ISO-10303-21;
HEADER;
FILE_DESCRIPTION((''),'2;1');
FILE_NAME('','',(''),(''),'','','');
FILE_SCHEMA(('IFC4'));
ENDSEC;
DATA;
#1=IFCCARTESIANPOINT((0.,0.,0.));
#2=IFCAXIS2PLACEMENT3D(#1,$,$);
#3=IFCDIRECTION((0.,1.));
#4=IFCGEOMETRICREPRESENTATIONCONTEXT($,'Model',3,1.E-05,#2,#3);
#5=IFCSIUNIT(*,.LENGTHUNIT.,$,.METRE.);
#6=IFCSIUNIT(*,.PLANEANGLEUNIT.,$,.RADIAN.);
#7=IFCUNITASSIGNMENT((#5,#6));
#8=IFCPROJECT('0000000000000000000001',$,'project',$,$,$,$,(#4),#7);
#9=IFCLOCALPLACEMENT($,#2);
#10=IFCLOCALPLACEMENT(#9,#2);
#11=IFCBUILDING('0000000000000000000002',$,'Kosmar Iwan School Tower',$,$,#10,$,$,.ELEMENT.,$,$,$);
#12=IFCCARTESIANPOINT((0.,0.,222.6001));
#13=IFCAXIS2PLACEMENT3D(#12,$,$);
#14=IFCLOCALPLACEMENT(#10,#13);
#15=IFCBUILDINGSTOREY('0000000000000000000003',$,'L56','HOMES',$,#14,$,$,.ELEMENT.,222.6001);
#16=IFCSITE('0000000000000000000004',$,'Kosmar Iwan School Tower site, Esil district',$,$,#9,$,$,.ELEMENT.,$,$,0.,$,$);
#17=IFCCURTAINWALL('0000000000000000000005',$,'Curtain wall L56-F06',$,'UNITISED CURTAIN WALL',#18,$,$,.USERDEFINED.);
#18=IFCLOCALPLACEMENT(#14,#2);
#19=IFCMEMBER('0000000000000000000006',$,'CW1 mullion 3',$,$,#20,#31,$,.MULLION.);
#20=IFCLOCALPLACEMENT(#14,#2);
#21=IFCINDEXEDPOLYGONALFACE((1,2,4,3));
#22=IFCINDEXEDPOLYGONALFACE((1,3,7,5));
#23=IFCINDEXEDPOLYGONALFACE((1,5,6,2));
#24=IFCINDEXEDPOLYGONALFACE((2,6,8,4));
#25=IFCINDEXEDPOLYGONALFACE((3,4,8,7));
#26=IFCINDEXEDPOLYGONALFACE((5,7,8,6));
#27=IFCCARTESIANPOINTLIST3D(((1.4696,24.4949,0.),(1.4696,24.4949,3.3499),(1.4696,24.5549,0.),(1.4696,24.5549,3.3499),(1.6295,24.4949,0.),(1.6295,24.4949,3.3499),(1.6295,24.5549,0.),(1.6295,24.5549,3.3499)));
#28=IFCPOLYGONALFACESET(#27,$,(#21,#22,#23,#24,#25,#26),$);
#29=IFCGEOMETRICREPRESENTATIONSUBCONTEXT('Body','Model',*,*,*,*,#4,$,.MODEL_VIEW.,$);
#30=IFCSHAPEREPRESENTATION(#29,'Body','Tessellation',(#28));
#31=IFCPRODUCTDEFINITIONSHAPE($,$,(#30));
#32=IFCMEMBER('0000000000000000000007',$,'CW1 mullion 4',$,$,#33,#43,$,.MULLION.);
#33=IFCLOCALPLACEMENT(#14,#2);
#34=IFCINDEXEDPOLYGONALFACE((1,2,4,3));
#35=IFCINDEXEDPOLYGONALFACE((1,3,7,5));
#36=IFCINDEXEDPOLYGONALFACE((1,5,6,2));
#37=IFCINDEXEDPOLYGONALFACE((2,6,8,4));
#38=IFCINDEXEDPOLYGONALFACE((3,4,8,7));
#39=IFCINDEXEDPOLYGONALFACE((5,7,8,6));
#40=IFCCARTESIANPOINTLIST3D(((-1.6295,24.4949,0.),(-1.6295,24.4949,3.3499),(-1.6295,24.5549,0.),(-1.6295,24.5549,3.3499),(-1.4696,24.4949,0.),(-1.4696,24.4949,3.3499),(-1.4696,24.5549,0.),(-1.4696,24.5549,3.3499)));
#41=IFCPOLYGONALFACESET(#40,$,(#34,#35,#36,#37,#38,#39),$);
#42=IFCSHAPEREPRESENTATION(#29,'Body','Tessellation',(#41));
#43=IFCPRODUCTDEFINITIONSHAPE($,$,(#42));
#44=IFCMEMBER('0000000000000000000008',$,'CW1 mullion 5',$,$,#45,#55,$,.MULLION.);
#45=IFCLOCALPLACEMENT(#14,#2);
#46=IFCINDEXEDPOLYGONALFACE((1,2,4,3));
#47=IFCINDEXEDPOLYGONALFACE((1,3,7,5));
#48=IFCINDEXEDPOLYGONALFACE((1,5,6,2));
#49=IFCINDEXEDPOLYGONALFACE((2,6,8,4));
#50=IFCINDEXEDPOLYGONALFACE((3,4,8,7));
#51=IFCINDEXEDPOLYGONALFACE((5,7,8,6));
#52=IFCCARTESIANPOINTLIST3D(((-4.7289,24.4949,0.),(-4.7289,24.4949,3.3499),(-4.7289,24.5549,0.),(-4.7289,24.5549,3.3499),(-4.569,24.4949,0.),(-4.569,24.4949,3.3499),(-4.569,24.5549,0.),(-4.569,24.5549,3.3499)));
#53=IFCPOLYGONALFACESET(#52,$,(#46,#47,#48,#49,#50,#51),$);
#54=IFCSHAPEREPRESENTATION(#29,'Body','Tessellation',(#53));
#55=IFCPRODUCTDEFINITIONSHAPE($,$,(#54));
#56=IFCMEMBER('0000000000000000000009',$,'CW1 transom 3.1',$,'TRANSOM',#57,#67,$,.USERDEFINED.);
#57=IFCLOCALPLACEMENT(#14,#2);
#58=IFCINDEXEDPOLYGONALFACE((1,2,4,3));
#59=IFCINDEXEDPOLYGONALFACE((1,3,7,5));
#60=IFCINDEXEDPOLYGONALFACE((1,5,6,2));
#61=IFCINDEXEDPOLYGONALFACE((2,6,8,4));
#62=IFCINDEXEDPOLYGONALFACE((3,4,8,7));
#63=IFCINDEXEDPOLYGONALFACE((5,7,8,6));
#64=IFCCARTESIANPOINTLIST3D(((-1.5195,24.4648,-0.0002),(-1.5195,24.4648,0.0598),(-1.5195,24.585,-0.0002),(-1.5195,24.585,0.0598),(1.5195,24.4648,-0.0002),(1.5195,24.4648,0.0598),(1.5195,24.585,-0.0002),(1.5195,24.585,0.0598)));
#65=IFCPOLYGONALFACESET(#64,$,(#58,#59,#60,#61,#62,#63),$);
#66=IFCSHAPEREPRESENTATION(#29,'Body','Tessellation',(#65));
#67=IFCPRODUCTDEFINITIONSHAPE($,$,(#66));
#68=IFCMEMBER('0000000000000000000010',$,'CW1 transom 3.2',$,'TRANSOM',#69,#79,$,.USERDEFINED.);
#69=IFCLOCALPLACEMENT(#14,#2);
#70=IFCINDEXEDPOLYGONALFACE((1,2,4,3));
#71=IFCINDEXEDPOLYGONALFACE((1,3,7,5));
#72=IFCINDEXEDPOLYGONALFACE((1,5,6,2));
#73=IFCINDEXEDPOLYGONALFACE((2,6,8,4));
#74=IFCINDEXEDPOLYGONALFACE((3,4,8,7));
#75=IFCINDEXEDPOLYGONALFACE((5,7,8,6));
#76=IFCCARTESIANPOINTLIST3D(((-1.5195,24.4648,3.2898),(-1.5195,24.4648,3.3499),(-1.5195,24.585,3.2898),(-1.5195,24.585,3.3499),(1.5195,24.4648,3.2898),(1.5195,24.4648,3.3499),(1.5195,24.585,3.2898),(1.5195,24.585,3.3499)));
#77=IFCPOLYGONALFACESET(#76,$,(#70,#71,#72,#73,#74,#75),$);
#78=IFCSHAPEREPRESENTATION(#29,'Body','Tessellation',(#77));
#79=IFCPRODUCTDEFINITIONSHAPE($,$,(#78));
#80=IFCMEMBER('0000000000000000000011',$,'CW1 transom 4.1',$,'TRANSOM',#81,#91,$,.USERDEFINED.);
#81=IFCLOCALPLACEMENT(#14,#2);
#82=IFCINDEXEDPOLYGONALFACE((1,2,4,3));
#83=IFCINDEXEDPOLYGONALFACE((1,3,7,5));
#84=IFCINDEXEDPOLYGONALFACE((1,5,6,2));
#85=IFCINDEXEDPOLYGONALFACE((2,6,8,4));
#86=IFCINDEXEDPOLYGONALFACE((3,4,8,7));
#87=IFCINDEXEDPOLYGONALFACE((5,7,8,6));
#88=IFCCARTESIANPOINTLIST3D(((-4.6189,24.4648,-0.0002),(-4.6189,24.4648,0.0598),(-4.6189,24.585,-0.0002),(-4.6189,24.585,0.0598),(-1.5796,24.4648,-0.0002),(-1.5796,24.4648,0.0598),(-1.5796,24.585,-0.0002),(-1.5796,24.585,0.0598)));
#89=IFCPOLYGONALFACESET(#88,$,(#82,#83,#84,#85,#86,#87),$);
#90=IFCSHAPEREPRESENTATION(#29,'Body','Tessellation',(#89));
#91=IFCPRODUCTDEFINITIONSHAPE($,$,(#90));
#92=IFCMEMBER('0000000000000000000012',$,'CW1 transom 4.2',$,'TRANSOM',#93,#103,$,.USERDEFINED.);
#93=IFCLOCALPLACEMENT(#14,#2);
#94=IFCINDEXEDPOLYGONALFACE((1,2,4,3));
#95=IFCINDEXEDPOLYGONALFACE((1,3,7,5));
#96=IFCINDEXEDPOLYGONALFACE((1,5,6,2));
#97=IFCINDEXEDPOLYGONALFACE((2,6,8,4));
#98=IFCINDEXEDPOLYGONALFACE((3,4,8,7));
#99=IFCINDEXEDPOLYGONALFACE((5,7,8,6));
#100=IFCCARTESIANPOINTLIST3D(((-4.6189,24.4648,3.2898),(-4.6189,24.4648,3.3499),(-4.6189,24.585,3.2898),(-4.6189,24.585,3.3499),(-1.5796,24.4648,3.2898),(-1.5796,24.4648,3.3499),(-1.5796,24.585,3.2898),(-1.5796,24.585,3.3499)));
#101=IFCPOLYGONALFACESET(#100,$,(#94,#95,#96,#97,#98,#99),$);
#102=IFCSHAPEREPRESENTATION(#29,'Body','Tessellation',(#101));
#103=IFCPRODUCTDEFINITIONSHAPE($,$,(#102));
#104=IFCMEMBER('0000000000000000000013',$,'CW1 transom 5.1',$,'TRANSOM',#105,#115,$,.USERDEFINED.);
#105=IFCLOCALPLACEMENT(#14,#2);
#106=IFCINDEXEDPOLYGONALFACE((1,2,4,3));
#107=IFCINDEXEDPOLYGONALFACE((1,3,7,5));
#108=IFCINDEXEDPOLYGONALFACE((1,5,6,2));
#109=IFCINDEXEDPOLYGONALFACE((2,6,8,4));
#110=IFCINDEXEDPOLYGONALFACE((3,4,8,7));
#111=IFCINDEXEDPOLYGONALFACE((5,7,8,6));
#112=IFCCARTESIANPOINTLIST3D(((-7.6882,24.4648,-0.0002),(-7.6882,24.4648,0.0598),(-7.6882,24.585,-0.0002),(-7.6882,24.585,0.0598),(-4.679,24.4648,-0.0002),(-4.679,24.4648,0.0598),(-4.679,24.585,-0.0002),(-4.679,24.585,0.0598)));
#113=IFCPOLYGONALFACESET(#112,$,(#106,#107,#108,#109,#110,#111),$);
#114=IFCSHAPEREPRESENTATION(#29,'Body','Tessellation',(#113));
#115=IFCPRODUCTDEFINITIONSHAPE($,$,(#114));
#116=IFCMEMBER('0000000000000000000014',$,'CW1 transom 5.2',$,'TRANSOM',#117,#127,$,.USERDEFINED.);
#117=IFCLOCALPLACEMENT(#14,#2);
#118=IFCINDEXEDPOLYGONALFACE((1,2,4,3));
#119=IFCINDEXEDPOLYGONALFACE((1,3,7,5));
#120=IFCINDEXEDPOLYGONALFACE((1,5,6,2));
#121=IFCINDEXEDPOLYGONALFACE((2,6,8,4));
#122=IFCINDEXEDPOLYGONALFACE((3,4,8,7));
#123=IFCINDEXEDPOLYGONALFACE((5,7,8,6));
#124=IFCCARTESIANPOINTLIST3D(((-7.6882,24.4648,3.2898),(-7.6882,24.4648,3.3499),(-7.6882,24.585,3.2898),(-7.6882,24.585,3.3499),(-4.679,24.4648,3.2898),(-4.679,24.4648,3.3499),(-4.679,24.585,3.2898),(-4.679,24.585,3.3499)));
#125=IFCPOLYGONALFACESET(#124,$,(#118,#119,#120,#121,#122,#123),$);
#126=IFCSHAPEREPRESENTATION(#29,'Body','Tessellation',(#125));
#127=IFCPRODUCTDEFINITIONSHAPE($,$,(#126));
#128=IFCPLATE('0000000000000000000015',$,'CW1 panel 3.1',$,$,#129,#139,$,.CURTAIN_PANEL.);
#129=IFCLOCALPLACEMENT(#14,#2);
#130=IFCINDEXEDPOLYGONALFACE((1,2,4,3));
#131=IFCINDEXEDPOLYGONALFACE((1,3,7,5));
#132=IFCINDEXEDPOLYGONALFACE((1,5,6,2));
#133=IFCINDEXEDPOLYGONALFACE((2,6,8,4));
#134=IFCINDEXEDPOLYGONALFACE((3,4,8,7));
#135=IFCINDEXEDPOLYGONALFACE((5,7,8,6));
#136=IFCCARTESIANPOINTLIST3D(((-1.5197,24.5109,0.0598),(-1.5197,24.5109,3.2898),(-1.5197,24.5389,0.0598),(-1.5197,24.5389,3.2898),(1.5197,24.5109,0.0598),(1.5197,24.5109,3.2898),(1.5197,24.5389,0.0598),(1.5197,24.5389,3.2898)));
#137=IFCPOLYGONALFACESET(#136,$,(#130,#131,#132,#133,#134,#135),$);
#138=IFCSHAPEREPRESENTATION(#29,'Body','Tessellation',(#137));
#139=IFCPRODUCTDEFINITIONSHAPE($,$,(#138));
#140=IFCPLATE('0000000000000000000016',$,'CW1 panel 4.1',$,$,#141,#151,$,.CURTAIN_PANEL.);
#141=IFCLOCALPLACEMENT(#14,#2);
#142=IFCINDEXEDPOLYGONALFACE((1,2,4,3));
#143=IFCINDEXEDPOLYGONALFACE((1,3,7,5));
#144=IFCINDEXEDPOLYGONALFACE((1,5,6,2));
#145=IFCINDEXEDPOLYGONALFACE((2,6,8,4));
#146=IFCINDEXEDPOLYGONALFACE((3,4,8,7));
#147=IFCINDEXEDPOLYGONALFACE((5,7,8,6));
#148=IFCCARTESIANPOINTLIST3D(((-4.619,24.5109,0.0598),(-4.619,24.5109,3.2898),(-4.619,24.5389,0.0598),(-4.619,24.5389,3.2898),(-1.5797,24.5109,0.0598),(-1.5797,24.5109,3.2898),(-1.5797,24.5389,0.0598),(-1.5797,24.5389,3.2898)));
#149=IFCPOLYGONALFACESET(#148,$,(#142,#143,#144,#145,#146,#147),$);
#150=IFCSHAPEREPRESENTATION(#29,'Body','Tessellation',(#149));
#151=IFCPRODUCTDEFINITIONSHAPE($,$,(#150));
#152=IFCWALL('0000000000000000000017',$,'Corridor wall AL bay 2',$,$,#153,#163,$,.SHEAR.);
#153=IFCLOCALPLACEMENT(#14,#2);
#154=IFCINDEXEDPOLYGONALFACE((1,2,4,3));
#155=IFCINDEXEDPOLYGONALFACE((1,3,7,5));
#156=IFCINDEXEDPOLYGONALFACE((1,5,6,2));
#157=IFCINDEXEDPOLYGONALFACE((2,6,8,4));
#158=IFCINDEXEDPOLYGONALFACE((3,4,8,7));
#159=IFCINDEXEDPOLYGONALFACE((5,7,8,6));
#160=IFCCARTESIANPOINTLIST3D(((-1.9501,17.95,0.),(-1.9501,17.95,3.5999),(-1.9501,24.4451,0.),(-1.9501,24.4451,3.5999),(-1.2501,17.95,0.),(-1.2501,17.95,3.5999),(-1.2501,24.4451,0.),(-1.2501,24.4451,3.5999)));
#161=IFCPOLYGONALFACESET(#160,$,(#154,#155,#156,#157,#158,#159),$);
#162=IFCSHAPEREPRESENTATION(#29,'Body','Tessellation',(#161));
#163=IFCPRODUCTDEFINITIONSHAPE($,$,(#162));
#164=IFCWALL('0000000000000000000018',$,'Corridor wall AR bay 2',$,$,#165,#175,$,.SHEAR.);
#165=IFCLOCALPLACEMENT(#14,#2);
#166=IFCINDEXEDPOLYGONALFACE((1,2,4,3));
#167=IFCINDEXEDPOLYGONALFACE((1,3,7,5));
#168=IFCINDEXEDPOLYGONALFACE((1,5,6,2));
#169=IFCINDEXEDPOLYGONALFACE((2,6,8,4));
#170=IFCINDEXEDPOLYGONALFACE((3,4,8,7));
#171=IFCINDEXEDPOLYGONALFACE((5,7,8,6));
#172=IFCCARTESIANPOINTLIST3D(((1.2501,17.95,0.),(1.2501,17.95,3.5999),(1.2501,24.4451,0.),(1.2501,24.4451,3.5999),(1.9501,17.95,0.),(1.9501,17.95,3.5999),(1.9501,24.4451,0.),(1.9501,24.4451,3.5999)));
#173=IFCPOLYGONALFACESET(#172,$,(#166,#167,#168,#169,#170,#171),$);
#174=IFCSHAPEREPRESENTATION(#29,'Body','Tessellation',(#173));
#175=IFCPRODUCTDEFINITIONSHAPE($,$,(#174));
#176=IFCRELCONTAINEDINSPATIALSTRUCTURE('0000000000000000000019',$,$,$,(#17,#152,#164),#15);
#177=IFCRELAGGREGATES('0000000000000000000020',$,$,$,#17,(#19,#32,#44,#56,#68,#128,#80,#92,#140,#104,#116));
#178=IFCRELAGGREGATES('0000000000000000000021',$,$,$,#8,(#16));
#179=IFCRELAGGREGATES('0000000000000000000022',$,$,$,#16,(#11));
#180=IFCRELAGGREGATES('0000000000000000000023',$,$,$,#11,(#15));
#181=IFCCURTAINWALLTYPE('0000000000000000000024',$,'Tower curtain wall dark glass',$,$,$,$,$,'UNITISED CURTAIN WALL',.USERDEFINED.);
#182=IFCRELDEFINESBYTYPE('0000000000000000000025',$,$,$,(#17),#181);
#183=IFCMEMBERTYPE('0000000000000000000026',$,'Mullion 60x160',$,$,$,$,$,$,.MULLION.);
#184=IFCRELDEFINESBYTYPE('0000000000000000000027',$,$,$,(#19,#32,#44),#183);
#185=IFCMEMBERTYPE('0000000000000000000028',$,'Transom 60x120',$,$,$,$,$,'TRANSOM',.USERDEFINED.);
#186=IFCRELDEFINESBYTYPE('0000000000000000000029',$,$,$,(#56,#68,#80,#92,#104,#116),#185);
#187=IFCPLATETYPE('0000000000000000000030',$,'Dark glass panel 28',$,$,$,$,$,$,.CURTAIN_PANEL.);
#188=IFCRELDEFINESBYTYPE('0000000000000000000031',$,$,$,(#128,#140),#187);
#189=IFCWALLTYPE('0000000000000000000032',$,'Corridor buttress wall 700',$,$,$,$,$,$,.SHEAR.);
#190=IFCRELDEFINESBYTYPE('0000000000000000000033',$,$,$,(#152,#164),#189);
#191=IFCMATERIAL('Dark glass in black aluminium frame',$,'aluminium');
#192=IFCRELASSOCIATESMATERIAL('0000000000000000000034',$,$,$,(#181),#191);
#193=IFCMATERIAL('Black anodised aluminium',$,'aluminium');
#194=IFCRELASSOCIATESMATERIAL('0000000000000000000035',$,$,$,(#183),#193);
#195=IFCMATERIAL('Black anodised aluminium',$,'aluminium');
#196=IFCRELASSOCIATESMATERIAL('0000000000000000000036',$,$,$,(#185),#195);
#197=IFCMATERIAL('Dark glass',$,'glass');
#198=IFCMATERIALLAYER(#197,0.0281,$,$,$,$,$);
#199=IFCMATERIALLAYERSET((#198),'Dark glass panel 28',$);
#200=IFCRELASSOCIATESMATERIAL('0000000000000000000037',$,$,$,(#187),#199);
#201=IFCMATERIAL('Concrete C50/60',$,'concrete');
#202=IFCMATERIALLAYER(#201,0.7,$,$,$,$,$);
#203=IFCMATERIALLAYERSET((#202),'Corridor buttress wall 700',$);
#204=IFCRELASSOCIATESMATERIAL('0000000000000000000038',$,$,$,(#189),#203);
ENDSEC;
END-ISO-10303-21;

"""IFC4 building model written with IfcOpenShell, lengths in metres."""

from ifc_helpers import new_model, si_unit, direction, frame, frame_2d, origin, origin_2d, place, context, subcontext, project, spatial, rectangle, extrude, material, layer, layer_set, material_profile, profile_set, type_object, element, aggregate, save


model = new_model("IFC4")

# Units and contexts
model_context = context("Model", 3, precision=1e-05, world=origin(), true_north=direction((0.0, 1.0)))
body_context = subcontext(model_context, "Body", "Model", "MODEL_VIEW")
ifc_project = project(units=[si_unit("LENGTHUNIT", "METRE"), si_unit("PLANEANGLEUNIT", "RADIAN")], contexts=[model_context])

# Site, building, storey
site_placement = place(None, origin())
site = spatial("IfcSite", under=ifc_project, at=site_placement, Name="Kosmar Iwan School Tower site, Esil district", CompositionType="ELEMENT", RefElevation=0.0)
building_placement = place(site_placement, origin())
building = spatial("IfcBuilding", under=site, at=building_placement, Name="Kosmar Iwan School Tower", CompositionType="ELEMENT")
storey_placement = place(building_placement, frame((0.0, 0.0, 222.6001)))
storey = spatial("IfcBuildingStorey", under=building, at=storey_placement, Name="L56", Description="HOMES", CompositionType="ELEMENT", Elevation=222.6001)

# Curtain wall, members, plates
ifc_material_1 = material(Name="Dark glass in black aluminium frame", Category="aluminium")
curtain_wall_type = type_object("IfcCurtainWallType", Name="Tower curtain wall dark glass", ElementType="UNITISED CURTAIN WALL", PredefinedType="USERDEFINED", material=ifc_material_1)
curtain_wall_placement = place(storey_placement, origin())
curtain_wall = element("IfcCurtainWall", 1, at=curtain_wall_placement, inside=storey, type_object=curtain_wall_type, Name="Curtain wall L56-F06", ObjectType="UNITISED CURTAIN WALL", PredefinedType="USERDEFINED")
ifc_material_2 = material(Name="Black anodised aluminium", Category="aluminium")
ifc_material_profile_1 = material_profile(ifc_material_2, rectangle(XDim=0.0601, YDim=0.1599, at=origin_2d()), Name="MULLION 60x160")
ifc_profile_set_1 = profile_set([ifc_material_profile_1], Name="Black anodised aluminium")
member_type_1 = type_object("IfcMemberType", Name="Mullion 60x160", PredefinedType="MULLION", material=ifc_profile_set_1)
member_1_placement = place(storey_placement, frame((1.5496, 24.5249, 0.0), z_axis=(0.0, 0.0, 1.0), x_axis=(0.0, -1.0, 0.0)))
member_1 = element("IfcMember", 2, at=member_1_placement, type_object=member_type_1, Name="CW1 mullion 3", PredefinedType="MULLION", context=body_context, shape_type="SweptSolid", body=[
    extrude(rectangle(XDim=0.0601, YDim=0.1599, at=origin_2d()), origin(), (0.0, 0.0, 1.0), 3.3499),
])
member_2_placement = place(storey_placement, frame((-1.5496, 24.5249, 0.0), z_axis=(0.0, 0.0, 1.0), x_axis=(0.0, -1.0, 0.0)))
member_2 = element("IfcMember", 3, at=member_2_placement, type_object=member_type_1, Name="CW1 mullion 4", PredefinedType="MULLION", context=body_context, shape_type="SweptSolid", body=[
    extrude(rectangle(XDim=0.0601, YDim=0.1599, at=origin_2d()), origin(), (0.0, 0.0, 1.0), 3.3499),
])
member_3_placement = place(storey_placement, frame((-4.6489, 24.5249, 0.0), z_axis=(0.0, 0.0, 1.0), x_axis=(0.0, -1.0, 0.0)))
member_3 = element("IfcMember", 4, at=member_3_placement, type_object=member_type_1, Name="CW1 mullion 5", PredefinedType="MULLION", context=body_context, shape_type="SweptSolid", body=[
    extrude(rectangle(XDim=0.0601, YDim=0.1599, at=origin_2d()), origin(), (0.0, 0.0, 1.0), 3.3499),
])
ifc_material_3 = material(Name="Black anodised aluminium", Category="aluminium")
ifc_material_profile_2 = material_profile(ifc_material_3, rectangle(XDim=0.1201, YDim=0.0601, at=origin_2d()), Name="TRANSOM 60x120")
ifc_profile_set_2 = profile_set([ifc_material_profile_2], Name="Black anodised aluminium")
member_type_2 = type_object("IfcMemberType", Name="Transom 60x120", ElementType="TRANSOM", PredefinedType="USERDEFINED", material=ifc_profile_set_2)
member_4_placement = place(storey_placement, frame((1.5195, 24.5249, 0.0298), z_axis=(-1.0, 0.0, 0.0), x_axis=(0.0, -1.0, 0.0)))
member_4 = element("IfcMember", 5, at=member_4_placement, type_object=member_type_2, Name="CW1 transom 3.1", ObjectType="TRANSOM", PredefinedType="USERDEFINED", context=body_context, shape_type="SweptSolid", body=[
    extrude(rectangle(XDim=0.1201, YDim=0.0601, at=origin_2d()), origin(), (0.0, 0.0, 1.0), 3.0391),
])
member_5_placement = place(storey_placement, frame((1.5195, 24.5249, 3.3198), z_axis=(-1.0, 0.0, 0.0), x_axis=(0.0, -1.0, 0.0)))
member_5 = element("IfcMember", 6, at=member_5_placement, type_object=member_type_2, Name="CW1 transom 3.2", ObjectType="TRANSOM", PredefinedType="USERDEFINED", context=body_context, shape_type="SweptSolid", body=[
    extrude(rectangle(XDim=0.1201, YDim=0.0601, at=origin_2d()), origin(), (0.0, 0.0, 1.0), 3.0391),
])
member_6_placement = place(storey_placement, frame((-1.5796, 24.5249, 0.0298), z_axis=(-1.0, 0.0, 0.0), x_axis=(0.0, -1.0, 0.0)))
member_6 = element("IfcMember", 7, at=member_6_placement, type_object=member_type_2, Name="CW1 transom 4.1", ObjectType="TRANSOM", PredefinedType="USERDEFINED", context=body_context, shape_type="SweptSolid", body=[
    extrude(rectangle(XDim=0.1201, YDim=0.0601, at=origin_2d()), origin(), (0.0, 0.0, 1.0), 3.0393),
])
member_7_placement = place(storey_placement, frame((-1.5796, 24.5249, 3.3198), z_axis=(-1.0, 0.0, 0.0), x_axis=(0.0, -1.0, 0.0)))
member_7 = element("IfcMember", 8, at=member_7_placement, type_object=member_type_2, Name="CW1 transom 4.2", ObjectType="TRANSOM", PredefinedType="USERDEFINED", context=body_context, shape_type="SweptSolid", body=[
    extrude(rectangle(XDim=0.1201, YDim=0.0601, at=origin_2d()), origin(), (0.0, 0.0, 1.0), 3.0393),
])
member_8_placement = place(storey_placement, frame((-4.679, 24.5249, 0.0298), z_axis=(-1.0, 0.0, 0.0), x_axis=(0.0, -1.0, 0.0)))
member_8 = element("IfcMember", 9, at=member_8_placement, type_object=member_type_2, Name="CW1 transom 5.1", ObjectType="TRANSOM", PredefinedType="USERDEFINED", context=body_context, shape_type="SweptSolid", body=[
    extrude(rectangle(XDim=0.1201, YDim=0.0601, at=origin_2d()), origin(), (0.0, 0.0, 1.0), 3.0093),
])
member_9_placement = place(storey_placement, frame((-4.679, 24.5249, 3.3198), z_axis=(-1.0, 0.0, 0.0), x_axis=(0.0, -1.0, 0.0)))
member_9 = element("IfcMember", 10, at=member_9_placement, type_object=member_type_2, Name="CW1 transom 5.2", ObjectType="TRANSOM", PredefinedType="USERDEFINED", context=body_context, shape_type="SweptSolid", body=[
    extrude(rectangle(XDim=0.1201, YDim=0.0601, at=origin_2d()), origin(), (0.0, 0.0, 1.0), 3.0093),
])
ifc_material_4 = material(Name="Dark glass", Category="glass")
ifc_layer_1 = layer(ifc_material_4, 0.0281)
ifc_layer_set_1 = layer_set([ifc_layer_1], Name="Dark glass panel 28")
plate_type = type_object("IfcPlateType", Name="Dark glass panel 28", PredefinedType="CURTAIN_PANEL", material=ifc_layer_set_1)
plate_1_placement = place(storey_placement, frame((0.0, 24.5249, 0.0598), z_axis=(0.0, 0.0, 1.0), x_axis=(-1.0, 0.0, 0.0)))
plate_1 = element("IfcPlate", 11, at=plate_1_placement, type_object=plate_type, Name="CW1 panel 3.1", PredefinedType="CURTAIN_PANEL", context=body_context, shape_type="SweptSolid", body=[
    extrude(rectangle(XDim=3.0393, YDim=0.0281, at=origin_2d()), origin(), (0.0, 0.0, 1.0), 3.23),
])
plate_2_placement = place(storey_placement, frame((-3.0994, 24.5249, 0.0598), z_axis=(0.0, 0.0, 1.0), x_axis=(-1.0, 0.0, 0.0)))
plate_2 = element("IfcPlate", 12, at=plate_2_placement, type_object=plate_type, Name="CW1 panel 4.1", PredefinedType="CURTAIN_PANEL", context=body_context, shape_type="SweptSolid", body=[
    extrude(rectangle(XDim=3.0393, YDim=0.0281, at=origin_2d()), origin(), (0.0, 0.0, 1.0), 3.23),
])
aggregate(curtain_wall, [member_1, member_2, member_3, member_4, member_5, plate_1, member_6, member_7, plate_2, member_8, member_9])

# Walls
ifc_material_5 = material(Name="Concrete C50/60", Category="concrete")
ifc_layer_2 = layer(ifc_material_5, 0.7)
ifc_layer_set_2 = layer_set([ifc_layer_2], Name="Corridor buttress wall 700")
wall_type_1 = type_object("IfcWallType", Name="Corridor buttress wall 700", PredefinedType="SHEAR", material=ifc_layer_set_2)
for number, where, z_axis, x_axis, name in (
    (13, (-1.6001, 17.95, 0.0), (0.0, 0.0, 1.0), (0.0, 1.0, 0.0), "Corridor wall AL bay 2"),
    (14, (1.6001, 17.95, 0.0), (0.0, 0.0, 1.0), (0.0, 1.0, 0.0), "Corridor wall AR bay 2"),
):
    element("IfcWall", number, at=place(storey_placement, frame(where, z_axis=z_axis, x_axis=x_axis)), inside=storey, type_object=wall_type_1, Name=name, PredefinedType="SHEAR", context=body_context, shape_type="SweptSolid", body=[
        extrude(rectangle(XDim=6.4951, YDim=0.7, at=frame_2d((3.2476, 0.0))), origin(), (0.0, 0.0, 1.0), 3.5999),
    ])

save(model, "model.ifc")
